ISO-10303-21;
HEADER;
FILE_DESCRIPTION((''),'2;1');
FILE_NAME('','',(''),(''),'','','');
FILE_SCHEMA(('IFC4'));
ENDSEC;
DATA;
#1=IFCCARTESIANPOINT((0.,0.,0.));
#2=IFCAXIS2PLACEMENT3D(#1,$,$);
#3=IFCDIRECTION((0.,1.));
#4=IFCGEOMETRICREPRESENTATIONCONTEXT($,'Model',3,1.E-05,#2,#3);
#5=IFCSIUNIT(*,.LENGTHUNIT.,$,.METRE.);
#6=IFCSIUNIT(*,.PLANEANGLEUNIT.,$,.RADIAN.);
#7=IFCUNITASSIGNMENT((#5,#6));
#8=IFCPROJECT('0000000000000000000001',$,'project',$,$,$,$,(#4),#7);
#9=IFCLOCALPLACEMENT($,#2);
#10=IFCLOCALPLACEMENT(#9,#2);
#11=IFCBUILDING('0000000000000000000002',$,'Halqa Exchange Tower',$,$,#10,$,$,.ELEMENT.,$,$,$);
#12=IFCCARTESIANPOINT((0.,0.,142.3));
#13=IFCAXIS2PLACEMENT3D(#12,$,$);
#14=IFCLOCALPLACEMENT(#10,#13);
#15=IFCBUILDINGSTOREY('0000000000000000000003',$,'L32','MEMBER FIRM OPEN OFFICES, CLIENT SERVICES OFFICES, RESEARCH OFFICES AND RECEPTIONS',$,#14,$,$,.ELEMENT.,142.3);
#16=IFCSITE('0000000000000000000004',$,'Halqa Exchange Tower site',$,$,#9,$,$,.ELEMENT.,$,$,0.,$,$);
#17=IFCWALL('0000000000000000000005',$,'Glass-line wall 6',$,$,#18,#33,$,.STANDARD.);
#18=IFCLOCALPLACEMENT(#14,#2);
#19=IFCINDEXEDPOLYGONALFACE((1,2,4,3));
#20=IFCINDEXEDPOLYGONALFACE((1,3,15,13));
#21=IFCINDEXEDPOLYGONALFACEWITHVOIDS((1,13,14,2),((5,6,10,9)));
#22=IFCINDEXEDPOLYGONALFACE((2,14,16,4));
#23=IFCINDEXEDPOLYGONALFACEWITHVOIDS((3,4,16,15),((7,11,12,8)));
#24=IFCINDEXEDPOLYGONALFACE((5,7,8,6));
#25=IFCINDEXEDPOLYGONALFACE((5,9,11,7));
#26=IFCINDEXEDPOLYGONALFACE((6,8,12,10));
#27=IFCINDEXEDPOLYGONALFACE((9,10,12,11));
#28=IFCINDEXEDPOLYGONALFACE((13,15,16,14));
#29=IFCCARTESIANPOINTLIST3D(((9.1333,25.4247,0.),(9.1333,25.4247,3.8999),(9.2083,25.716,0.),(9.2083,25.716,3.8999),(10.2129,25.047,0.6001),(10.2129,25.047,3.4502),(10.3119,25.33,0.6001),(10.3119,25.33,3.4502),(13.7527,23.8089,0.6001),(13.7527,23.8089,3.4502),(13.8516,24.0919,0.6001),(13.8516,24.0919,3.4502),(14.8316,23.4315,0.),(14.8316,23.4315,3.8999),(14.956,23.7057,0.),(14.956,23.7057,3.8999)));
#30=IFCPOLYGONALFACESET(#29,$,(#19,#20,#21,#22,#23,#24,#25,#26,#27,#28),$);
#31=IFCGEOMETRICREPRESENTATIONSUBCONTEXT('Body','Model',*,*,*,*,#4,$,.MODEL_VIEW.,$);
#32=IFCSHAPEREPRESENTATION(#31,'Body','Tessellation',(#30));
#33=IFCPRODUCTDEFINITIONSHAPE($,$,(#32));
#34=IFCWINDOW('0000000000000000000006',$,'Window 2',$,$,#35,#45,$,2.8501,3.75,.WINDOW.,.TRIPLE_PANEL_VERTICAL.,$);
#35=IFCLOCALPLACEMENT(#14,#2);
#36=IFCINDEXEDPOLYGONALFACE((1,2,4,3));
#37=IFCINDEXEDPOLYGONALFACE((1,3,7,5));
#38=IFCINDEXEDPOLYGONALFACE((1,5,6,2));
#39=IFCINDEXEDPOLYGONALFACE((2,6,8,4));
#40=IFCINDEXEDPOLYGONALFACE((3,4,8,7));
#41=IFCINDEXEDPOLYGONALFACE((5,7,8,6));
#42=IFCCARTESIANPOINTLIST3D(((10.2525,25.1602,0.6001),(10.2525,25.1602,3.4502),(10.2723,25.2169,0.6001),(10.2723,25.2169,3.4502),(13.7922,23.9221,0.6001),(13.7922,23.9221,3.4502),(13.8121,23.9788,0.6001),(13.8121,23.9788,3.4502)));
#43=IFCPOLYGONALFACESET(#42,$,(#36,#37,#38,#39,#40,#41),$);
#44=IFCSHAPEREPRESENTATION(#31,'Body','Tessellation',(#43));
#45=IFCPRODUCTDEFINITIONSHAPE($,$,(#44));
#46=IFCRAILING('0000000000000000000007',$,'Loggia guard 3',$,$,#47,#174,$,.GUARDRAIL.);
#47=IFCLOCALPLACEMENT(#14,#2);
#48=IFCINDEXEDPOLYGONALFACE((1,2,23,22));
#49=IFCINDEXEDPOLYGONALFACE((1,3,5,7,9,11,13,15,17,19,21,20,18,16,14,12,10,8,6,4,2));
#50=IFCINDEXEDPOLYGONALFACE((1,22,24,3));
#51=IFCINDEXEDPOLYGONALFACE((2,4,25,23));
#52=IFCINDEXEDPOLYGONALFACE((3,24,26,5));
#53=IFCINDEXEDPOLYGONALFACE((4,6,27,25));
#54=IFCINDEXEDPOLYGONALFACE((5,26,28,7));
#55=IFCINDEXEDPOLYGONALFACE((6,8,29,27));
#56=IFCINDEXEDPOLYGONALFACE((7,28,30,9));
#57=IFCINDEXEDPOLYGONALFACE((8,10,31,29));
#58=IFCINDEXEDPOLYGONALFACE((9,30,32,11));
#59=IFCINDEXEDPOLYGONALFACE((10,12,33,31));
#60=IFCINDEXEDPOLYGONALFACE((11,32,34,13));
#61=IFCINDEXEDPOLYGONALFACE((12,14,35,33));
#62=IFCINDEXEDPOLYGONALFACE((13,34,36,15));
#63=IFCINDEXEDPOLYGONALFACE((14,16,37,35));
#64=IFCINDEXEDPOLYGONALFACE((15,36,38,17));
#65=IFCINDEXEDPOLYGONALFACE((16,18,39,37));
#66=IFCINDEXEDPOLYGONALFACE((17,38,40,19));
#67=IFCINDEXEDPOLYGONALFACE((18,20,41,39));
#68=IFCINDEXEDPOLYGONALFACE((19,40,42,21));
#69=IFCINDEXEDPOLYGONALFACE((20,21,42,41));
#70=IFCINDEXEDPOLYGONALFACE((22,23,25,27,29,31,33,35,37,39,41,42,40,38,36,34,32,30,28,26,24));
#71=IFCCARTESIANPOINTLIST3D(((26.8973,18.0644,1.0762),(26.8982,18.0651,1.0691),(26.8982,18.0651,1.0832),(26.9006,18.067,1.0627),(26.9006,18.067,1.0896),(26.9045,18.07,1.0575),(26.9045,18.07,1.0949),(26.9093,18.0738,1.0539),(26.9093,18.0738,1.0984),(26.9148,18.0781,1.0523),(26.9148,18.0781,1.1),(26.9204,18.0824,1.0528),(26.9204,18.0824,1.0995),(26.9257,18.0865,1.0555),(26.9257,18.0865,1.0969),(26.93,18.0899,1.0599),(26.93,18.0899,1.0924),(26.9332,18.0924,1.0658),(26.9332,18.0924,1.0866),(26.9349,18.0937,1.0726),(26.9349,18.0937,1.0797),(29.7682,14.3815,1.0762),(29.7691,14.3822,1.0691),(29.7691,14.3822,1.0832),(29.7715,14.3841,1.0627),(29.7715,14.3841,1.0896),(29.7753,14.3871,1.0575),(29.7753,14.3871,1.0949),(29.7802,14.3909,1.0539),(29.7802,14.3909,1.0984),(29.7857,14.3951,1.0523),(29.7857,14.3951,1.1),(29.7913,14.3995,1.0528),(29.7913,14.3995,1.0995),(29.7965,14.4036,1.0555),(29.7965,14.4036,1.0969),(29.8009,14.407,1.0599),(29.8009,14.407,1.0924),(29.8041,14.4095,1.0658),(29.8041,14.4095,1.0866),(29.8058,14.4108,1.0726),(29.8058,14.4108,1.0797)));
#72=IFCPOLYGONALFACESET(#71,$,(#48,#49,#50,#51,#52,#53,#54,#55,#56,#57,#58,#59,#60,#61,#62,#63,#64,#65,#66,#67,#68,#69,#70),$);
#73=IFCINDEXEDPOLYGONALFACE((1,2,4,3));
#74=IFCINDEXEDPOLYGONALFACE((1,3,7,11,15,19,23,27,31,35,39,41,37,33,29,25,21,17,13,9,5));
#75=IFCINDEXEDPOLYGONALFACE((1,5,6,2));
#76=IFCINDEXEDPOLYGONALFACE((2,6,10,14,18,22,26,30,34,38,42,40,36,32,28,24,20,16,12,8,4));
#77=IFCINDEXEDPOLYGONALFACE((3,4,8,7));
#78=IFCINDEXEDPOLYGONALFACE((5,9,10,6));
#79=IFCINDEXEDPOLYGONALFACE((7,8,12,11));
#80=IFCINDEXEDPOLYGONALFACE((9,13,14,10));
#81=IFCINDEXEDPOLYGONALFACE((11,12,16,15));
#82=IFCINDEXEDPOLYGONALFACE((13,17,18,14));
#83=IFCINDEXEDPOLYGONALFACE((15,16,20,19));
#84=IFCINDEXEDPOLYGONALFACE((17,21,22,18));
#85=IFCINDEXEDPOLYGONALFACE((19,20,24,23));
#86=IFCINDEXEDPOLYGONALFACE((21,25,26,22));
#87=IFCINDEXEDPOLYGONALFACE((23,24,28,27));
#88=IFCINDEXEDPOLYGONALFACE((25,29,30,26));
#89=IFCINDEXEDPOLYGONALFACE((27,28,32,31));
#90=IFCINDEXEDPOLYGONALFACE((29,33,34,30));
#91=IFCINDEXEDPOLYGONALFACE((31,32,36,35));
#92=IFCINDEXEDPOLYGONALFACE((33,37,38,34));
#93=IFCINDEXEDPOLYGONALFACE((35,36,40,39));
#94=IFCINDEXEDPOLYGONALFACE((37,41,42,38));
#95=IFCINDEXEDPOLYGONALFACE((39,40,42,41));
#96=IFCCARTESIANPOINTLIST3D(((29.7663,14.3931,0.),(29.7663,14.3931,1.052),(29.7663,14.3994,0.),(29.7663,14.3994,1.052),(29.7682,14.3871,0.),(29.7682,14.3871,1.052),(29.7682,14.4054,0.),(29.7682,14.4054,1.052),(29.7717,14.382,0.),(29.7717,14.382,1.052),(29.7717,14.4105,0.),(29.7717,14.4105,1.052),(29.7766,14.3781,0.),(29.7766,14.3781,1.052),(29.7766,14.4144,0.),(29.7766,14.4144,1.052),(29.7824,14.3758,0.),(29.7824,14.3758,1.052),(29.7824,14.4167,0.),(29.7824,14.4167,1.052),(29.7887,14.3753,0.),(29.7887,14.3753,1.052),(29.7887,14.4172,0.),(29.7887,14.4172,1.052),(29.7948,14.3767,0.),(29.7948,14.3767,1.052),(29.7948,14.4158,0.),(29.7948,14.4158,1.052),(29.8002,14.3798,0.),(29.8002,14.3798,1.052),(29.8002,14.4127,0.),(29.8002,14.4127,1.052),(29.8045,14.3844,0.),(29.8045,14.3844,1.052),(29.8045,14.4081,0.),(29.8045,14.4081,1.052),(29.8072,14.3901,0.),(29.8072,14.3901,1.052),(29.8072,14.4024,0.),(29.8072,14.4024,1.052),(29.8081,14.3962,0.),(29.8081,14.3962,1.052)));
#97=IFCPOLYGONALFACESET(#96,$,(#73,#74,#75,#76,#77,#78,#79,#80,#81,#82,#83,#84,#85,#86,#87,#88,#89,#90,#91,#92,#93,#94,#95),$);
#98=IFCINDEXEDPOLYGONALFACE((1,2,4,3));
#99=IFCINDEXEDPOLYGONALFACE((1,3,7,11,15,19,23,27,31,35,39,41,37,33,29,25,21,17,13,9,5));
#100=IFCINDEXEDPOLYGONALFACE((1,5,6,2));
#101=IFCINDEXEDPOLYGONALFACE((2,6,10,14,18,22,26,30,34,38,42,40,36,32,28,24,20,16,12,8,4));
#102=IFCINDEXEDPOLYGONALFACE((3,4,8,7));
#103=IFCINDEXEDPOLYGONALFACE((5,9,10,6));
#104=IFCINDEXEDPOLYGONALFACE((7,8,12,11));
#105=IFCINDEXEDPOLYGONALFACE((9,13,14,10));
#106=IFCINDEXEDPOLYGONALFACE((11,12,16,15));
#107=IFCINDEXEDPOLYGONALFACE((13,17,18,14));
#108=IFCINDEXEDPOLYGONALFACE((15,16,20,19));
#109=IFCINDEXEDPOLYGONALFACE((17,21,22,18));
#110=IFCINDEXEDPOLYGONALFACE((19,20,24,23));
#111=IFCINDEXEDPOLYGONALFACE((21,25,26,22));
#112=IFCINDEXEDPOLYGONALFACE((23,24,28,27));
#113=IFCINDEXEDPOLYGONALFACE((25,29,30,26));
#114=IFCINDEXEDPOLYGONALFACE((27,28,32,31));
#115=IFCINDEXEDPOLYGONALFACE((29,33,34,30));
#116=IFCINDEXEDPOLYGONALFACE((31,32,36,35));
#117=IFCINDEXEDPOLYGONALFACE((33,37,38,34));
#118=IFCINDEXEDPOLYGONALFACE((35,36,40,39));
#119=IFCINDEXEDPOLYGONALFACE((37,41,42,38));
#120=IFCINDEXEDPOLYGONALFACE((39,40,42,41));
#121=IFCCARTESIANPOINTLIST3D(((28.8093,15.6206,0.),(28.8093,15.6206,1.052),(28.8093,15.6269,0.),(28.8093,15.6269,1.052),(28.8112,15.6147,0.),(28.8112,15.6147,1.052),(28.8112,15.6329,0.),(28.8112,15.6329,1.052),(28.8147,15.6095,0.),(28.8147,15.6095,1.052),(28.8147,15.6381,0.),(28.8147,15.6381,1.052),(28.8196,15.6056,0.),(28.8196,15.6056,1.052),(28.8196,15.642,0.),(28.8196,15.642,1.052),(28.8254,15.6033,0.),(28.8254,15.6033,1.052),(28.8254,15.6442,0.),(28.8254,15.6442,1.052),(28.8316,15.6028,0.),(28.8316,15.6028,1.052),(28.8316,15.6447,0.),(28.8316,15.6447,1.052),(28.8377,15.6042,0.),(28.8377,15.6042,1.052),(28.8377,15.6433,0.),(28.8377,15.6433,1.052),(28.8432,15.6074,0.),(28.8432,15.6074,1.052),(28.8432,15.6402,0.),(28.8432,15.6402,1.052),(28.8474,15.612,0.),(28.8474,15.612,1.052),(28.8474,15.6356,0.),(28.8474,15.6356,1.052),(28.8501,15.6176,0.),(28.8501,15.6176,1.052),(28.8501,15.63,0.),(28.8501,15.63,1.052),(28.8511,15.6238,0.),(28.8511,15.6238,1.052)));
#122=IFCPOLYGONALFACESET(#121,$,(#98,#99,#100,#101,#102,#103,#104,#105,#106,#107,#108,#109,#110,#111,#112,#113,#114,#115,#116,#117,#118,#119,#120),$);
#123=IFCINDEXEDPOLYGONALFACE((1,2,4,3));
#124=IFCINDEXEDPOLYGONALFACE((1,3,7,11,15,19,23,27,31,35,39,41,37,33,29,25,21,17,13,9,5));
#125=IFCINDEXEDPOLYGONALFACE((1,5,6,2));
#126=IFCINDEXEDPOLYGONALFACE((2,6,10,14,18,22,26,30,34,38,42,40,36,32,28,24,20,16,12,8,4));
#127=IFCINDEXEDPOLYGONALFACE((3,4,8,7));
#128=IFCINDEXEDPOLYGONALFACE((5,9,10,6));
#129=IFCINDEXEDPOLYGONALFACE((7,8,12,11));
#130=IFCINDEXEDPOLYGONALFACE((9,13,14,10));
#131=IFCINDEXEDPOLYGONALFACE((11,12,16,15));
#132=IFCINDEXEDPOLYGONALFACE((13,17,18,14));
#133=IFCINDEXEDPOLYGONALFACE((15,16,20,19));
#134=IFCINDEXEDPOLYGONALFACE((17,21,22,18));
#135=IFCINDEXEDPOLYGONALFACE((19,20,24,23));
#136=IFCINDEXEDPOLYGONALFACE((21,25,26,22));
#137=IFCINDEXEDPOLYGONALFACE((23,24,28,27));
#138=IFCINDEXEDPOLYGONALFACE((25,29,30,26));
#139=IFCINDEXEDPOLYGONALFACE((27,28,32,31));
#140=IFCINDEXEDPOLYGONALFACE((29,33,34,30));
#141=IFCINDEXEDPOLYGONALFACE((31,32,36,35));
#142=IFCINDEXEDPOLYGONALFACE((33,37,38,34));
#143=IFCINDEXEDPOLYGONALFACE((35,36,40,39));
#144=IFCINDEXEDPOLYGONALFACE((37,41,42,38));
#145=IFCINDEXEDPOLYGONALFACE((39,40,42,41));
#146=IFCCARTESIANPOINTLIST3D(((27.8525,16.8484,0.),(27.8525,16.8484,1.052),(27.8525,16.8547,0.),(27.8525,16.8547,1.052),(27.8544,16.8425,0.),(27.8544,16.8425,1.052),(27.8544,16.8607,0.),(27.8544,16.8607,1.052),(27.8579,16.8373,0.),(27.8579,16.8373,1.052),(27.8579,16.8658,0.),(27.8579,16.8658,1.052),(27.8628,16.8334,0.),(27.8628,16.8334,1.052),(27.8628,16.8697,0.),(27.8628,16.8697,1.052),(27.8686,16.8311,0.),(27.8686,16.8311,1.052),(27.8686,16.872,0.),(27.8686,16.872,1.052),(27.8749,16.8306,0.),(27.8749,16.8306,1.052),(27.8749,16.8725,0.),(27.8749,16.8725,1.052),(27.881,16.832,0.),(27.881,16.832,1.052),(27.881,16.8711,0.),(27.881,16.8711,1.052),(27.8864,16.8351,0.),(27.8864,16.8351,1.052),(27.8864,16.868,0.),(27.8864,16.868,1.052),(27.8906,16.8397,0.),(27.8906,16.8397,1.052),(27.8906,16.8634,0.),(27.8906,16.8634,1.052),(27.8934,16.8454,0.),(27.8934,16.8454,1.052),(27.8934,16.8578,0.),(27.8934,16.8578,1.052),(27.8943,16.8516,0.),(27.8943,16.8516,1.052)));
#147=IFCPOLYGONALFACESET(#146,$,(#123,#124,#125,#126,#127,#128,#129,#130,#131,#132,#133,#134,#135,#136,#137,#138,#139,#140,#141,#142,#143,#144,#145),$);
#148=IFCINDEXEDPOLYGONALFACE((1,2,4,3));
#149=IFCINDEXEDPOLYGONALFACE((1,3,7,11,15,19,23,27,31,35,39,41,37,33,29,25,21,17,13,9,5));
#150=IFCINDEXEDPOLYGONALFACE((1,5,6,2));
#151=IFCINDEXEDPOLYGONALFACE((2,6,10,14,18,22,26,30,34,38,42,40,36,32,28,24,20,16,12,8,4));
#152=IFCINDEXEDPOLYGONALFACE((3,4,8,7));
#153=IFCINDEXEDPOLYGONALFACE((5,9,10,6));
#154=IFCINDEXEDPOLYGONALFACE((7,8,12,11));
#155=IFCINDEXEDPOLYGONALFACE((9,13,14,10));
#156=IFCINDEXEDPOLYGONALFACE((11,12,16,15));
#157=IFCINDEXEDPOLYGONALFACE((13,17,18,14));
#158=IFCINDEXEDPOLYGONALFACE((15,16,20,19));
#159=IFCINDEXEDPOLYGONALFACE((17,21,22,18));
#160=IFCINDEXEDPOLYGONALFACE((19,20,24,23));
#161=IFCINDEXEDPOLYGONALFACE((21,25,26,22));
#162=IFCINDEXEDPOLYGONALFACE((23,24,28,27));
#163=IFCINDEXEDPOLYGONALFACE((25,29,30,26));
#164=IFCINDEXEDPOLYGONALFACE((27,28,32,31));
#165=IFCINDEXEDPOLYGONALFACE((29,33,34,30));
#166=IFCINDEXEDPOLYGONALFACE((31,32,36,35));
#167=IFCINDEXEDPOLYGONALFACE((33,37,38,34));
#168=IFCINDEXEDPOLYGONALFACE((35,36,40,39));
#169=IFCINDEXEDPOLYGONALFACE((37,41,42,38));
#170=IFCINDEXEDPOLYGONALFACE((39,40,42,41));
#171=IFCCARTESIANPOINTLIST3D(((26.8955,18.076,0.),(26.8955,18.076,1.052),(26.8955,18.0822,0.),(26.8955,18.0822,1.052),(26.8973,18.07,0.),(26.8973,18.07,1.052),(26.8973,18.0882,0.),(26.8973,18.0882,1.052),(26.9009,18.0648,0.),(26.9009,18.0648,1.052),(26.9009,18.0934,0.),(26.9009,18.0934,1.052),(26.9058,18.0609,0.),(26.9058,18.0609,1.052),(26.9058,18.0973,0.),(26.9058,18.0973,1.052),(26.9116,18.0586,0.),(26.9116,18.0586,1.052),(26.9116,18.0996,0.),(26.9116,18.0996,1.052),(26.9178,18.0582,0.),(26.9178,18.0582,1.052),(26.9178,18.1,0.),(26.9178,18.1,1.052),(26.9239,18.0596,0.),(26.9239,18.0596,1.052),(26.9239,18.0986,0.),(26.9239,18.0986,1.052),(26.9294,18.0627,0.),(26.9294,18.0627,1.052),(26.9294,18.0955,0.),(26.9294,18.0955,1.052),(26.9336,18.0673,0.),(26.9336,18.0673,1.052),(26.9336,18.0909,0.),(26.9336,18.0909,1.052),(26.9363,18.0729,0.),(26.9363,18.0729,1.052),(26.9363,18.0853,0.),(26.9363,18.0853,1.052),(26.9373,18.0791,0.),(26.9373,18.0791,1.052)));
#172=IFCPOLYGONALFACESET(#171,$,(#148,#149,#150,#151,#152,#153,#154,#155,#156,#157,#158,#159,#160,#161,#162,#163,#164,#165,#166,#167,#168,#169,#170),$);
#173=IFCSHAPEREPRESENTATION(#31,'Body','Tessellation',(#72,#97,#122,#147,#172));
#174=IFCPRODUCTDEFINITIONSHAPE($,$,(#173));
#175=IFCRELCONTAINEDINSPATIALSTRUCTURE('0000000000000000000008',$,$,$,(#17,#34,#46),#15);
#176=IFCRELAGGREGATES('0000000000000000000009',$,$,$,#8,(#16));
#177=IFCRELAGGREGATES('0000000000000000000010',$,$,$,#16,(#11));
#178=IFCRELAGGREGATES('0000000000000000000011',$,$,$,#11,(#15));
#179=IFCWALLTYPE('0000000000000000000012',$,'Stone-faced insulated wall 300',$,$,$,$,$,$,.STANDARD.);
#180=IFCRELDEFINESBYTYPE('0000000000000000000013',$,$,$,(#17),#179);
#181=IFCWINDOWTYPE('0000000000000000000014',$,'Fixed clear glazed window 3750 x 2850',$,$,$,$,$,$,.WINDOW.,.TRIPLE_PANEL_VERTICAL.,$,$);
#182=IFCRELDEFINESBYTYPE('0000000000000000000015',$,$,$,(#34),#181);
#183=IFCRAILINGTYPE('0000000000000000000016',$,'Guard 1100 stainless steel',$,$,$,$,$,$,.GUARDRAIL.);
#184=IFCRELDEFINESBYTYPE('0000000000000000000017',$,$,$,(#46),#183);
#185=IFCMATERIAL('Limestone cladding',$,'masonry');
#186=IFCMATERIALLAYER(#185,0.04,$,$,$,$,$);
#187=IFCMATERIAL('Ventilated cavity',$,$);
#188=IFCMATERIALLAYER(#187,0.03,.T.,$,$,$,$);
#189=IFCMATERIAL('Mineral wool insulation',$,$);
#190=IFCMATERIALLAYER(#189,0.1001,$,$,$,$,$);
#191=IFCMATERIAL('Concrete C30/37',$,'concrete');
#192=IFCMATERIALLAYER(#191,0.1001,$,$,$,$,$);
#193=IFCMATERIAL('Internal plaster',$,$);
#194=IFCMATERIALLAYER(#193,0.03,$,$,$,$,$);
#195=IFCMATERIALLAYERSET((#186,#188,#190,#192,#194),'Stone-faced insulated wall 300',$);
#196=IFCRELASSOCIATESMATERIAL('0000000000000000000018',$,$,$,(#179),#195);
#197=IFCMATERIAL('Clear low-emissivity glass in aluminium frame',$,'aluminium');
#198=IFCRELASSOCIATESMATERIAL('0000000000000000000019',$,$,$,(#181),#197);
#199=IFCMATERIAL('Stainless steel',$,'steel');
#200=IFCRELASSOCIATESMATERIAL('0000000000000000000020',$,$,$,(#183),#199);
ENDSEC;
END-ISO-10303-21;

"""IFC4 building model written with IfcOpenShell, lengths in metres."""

from ifc_helpers import new_model, si_unit, direction, frame, frame_2d, origin, origin_2d, place, context, subcontext, project, spatial, polyline, rectangle, circle, outline, extrude, material, layer, layer_set, type_object, element, fill, save


model = new_model("IFC4")

# Units and contexts
model_context = context("Model", 3, precision=1e-05, world=origin(), true_north=direction((0.0, 1.0)))
body_context = subcontext(model_context, "Body", "Model", "MODEL_VIEW")
ifc_project = project(units=[si_unit("LENGTHUNIT", "METRE"), si_unit("PLANEANGLEUNIT", "RADIAN")], contexts=[model_context])

# Site, building, storey
site_placement = place(None, origin())
site = spatial("IfcSite", under=ifc_project, at=site_placement, Name="Halqa Exchange Tower site", CompositionType="ELEMENT", RefElevation=0.0)
building_placement = place(site_placement, origin())
building = spatial("IfcBuilding", under=site, at=building_placement, Name="Halqa Exchange Tower", CompositionType="ELEMENT")
storey_placement = place(building_placement, frame((0.0, 0.0, 142.3)))
storey = spatial("IfcBuildingStorey", under=building, at=storey_placement, Name="L32", Description="MEMBER FIRM OPEN OFFICES, CLIENT SERVICES OFFICES, RESEARCH OFFICES AND RECEPTIONS", CompositionType="ELEMENT", Elevation=142.3)

# Shared definitions
ifc_material_1 = material(Name="Limestone cladding", Category="masonry")
ifc_layer_1 = layer(ifc_material_1, 0.04)
ifc_material_2 = material(Name="Ventilated cavity")
ifc_layer_2 = layer(ifc_material_2, 0.03, ventilated=True)
ifc_material_3 = material(Name="Mineral wool insulation")
ifc_layer_3 = layer(ifc_material_3, 0.1001)
ifc_material_4 = material(Name="Concrete C30/37", Category="concrete")
ifc_layer_4 = layer(ifc_material_4, 0.1001)
ifc_material_5 = material(Name="Internal plaster")
ifc_layer_5 = layer(ifc_material_5, 0.03)
ifc_layer_set_1 = layer_set([ifc_layer_1, ifc_layer_2, ifc_layer_3, ifc_layer_4, ifc_layer_5], Name="Stone-faced insulated wall 300")
wall_type_1 = type_object("IfcWallType", Name="Stone-faced insulated wall 300", PredefinedType="STANDARD", material=ifc_layer_set_1)
ifc_material_6 = material(Name="Clear low-emissivity glass in aluminium frame", Category="aluminium")

# Wall, opening, window
window_type = type_object("IfcWindowType", Name="Fixed clear glazed window 3750 x 2850", PartitioningType="TRIPLE_PANEL_VERTICAL", PredefinedType="WINDOW", material=ifc_material_6)
wall_1_placement = place(storey_placement, frame((14.8938, 23.5686, 0.0), z_axis=(0.0, 0.0, 1.0), x_axis=(-0.943926, 0.330158, 0.0)))
wall_1 = element("IfcWall", 1, at=wall_1_placement, inside=storey, type_object=wall_type_1, Name="Glass-line wall 6", PredefinedType="STANDARD", context=body_context, shape_type="SweptSolid", body=[
    extrude(outline(polyline([(-0.0134, -0.1499), (6.0757, -0.1499), (6.0503, 0.1499), (0.0134, 0.1499), (-0.0134, -0.1499)])), origin(), (0.0, 0.0, 1.0), 3.8999),
])
opening_1_placement = place(wall_1_placement, frame((1.1565, 0.0, 0.6001)))
opening_1 = element("IfcOpeningElement", 2, at=opening_1_placement, cuts=wall_1, PredefinedType="OPENING", context=body_context, shape_type="SweptSolid", body=[
    extrude(rectangle(XDim=3.75, YDim=2.8501, at=frame_2d((1.875, 1.425))), frame((0.0, 0.1621, 0.0), z_axis=(0.0, -1.0, 0.0), x_axis=(1.0, 0.0, 0.0)), (0.0, 0.0, 1.0), 0.324),
])
window_1_placement = place(opening_1_placement, origin())
window_1 = element("IfcWindow", 3, at=window_1_placement, inside=storey, type_object=window_type, Name="Window 2", OverallHeight=2.8501, OverallWidth=3.75, PartitioningType="TRIPLE_PANEL_VERTICAL", PredefinedType="WINDOW", context=body_context, shape_type="SweptSolid", body=[
    extrude(rectangle(XDim=3.75, YDim=2.8501, at=frame_2d((1.875, 1.425))), frame((0.0, 0.03, 0.0), z_axis=(0.0, -1.0, 0.0), x_axis=(1.0, 0.0, 0.0)), (0.0, 0.0, 1.0), 0.0601),
])
fill(opening_1, window_1)

# Railing
ifc_material_7 = material(Name="Stainless steel", Category="steel")
railing_type = type_object("IfcRailingType", Name="Guard 1100 stainless steel", PredefinedType="GUARDRAIL", material=ifc_material_7)
railing_1_placement = place(storey_placement, frame((29.7871, 14.3962, 0.0)))
element("IfcRailing", 4, at=railing_1_placement, inside=storey, type_object=railing_type, Name="Loggia guard 3", PredefinedType="GUARDRAIL", context=body_context, shape_type="SweptSolid", body=[
    extrude(circle(Radius=0.0239, at=origin_2d()), frame((0.0, 0.0, 1.0762), z_axis=(-0.614794, 0.788687, 0.0), x_axis=(-0.788687, -0.614794, 0.0)), (0.0, 0.0, 1.0), 4.6697),
    extrude(circle(Radius=0.021, at=origin_2d()), origin(), (0.0, 0.0, 1.0), 1.052),
    extrude(circle(Radius=0.021, at=origin_2d()), frame((-0.957, 1.2275, 0.0)), (0.0, 0.0, 1.0), 1.052),
    extrude(circle(Radius=0.021, at=origin_2d()), frame((-1.9138, 2.4553, 0.0)), (0.0, 0.0, 1.0), 1.052),
    extrude(circle(Radius=0.021, at=origin_2d()), frame((-2.8708, 3.6829, 0.0)), (0.0, 0.0, 1.0), 1.052),
])

save(model, "model.ifc")
